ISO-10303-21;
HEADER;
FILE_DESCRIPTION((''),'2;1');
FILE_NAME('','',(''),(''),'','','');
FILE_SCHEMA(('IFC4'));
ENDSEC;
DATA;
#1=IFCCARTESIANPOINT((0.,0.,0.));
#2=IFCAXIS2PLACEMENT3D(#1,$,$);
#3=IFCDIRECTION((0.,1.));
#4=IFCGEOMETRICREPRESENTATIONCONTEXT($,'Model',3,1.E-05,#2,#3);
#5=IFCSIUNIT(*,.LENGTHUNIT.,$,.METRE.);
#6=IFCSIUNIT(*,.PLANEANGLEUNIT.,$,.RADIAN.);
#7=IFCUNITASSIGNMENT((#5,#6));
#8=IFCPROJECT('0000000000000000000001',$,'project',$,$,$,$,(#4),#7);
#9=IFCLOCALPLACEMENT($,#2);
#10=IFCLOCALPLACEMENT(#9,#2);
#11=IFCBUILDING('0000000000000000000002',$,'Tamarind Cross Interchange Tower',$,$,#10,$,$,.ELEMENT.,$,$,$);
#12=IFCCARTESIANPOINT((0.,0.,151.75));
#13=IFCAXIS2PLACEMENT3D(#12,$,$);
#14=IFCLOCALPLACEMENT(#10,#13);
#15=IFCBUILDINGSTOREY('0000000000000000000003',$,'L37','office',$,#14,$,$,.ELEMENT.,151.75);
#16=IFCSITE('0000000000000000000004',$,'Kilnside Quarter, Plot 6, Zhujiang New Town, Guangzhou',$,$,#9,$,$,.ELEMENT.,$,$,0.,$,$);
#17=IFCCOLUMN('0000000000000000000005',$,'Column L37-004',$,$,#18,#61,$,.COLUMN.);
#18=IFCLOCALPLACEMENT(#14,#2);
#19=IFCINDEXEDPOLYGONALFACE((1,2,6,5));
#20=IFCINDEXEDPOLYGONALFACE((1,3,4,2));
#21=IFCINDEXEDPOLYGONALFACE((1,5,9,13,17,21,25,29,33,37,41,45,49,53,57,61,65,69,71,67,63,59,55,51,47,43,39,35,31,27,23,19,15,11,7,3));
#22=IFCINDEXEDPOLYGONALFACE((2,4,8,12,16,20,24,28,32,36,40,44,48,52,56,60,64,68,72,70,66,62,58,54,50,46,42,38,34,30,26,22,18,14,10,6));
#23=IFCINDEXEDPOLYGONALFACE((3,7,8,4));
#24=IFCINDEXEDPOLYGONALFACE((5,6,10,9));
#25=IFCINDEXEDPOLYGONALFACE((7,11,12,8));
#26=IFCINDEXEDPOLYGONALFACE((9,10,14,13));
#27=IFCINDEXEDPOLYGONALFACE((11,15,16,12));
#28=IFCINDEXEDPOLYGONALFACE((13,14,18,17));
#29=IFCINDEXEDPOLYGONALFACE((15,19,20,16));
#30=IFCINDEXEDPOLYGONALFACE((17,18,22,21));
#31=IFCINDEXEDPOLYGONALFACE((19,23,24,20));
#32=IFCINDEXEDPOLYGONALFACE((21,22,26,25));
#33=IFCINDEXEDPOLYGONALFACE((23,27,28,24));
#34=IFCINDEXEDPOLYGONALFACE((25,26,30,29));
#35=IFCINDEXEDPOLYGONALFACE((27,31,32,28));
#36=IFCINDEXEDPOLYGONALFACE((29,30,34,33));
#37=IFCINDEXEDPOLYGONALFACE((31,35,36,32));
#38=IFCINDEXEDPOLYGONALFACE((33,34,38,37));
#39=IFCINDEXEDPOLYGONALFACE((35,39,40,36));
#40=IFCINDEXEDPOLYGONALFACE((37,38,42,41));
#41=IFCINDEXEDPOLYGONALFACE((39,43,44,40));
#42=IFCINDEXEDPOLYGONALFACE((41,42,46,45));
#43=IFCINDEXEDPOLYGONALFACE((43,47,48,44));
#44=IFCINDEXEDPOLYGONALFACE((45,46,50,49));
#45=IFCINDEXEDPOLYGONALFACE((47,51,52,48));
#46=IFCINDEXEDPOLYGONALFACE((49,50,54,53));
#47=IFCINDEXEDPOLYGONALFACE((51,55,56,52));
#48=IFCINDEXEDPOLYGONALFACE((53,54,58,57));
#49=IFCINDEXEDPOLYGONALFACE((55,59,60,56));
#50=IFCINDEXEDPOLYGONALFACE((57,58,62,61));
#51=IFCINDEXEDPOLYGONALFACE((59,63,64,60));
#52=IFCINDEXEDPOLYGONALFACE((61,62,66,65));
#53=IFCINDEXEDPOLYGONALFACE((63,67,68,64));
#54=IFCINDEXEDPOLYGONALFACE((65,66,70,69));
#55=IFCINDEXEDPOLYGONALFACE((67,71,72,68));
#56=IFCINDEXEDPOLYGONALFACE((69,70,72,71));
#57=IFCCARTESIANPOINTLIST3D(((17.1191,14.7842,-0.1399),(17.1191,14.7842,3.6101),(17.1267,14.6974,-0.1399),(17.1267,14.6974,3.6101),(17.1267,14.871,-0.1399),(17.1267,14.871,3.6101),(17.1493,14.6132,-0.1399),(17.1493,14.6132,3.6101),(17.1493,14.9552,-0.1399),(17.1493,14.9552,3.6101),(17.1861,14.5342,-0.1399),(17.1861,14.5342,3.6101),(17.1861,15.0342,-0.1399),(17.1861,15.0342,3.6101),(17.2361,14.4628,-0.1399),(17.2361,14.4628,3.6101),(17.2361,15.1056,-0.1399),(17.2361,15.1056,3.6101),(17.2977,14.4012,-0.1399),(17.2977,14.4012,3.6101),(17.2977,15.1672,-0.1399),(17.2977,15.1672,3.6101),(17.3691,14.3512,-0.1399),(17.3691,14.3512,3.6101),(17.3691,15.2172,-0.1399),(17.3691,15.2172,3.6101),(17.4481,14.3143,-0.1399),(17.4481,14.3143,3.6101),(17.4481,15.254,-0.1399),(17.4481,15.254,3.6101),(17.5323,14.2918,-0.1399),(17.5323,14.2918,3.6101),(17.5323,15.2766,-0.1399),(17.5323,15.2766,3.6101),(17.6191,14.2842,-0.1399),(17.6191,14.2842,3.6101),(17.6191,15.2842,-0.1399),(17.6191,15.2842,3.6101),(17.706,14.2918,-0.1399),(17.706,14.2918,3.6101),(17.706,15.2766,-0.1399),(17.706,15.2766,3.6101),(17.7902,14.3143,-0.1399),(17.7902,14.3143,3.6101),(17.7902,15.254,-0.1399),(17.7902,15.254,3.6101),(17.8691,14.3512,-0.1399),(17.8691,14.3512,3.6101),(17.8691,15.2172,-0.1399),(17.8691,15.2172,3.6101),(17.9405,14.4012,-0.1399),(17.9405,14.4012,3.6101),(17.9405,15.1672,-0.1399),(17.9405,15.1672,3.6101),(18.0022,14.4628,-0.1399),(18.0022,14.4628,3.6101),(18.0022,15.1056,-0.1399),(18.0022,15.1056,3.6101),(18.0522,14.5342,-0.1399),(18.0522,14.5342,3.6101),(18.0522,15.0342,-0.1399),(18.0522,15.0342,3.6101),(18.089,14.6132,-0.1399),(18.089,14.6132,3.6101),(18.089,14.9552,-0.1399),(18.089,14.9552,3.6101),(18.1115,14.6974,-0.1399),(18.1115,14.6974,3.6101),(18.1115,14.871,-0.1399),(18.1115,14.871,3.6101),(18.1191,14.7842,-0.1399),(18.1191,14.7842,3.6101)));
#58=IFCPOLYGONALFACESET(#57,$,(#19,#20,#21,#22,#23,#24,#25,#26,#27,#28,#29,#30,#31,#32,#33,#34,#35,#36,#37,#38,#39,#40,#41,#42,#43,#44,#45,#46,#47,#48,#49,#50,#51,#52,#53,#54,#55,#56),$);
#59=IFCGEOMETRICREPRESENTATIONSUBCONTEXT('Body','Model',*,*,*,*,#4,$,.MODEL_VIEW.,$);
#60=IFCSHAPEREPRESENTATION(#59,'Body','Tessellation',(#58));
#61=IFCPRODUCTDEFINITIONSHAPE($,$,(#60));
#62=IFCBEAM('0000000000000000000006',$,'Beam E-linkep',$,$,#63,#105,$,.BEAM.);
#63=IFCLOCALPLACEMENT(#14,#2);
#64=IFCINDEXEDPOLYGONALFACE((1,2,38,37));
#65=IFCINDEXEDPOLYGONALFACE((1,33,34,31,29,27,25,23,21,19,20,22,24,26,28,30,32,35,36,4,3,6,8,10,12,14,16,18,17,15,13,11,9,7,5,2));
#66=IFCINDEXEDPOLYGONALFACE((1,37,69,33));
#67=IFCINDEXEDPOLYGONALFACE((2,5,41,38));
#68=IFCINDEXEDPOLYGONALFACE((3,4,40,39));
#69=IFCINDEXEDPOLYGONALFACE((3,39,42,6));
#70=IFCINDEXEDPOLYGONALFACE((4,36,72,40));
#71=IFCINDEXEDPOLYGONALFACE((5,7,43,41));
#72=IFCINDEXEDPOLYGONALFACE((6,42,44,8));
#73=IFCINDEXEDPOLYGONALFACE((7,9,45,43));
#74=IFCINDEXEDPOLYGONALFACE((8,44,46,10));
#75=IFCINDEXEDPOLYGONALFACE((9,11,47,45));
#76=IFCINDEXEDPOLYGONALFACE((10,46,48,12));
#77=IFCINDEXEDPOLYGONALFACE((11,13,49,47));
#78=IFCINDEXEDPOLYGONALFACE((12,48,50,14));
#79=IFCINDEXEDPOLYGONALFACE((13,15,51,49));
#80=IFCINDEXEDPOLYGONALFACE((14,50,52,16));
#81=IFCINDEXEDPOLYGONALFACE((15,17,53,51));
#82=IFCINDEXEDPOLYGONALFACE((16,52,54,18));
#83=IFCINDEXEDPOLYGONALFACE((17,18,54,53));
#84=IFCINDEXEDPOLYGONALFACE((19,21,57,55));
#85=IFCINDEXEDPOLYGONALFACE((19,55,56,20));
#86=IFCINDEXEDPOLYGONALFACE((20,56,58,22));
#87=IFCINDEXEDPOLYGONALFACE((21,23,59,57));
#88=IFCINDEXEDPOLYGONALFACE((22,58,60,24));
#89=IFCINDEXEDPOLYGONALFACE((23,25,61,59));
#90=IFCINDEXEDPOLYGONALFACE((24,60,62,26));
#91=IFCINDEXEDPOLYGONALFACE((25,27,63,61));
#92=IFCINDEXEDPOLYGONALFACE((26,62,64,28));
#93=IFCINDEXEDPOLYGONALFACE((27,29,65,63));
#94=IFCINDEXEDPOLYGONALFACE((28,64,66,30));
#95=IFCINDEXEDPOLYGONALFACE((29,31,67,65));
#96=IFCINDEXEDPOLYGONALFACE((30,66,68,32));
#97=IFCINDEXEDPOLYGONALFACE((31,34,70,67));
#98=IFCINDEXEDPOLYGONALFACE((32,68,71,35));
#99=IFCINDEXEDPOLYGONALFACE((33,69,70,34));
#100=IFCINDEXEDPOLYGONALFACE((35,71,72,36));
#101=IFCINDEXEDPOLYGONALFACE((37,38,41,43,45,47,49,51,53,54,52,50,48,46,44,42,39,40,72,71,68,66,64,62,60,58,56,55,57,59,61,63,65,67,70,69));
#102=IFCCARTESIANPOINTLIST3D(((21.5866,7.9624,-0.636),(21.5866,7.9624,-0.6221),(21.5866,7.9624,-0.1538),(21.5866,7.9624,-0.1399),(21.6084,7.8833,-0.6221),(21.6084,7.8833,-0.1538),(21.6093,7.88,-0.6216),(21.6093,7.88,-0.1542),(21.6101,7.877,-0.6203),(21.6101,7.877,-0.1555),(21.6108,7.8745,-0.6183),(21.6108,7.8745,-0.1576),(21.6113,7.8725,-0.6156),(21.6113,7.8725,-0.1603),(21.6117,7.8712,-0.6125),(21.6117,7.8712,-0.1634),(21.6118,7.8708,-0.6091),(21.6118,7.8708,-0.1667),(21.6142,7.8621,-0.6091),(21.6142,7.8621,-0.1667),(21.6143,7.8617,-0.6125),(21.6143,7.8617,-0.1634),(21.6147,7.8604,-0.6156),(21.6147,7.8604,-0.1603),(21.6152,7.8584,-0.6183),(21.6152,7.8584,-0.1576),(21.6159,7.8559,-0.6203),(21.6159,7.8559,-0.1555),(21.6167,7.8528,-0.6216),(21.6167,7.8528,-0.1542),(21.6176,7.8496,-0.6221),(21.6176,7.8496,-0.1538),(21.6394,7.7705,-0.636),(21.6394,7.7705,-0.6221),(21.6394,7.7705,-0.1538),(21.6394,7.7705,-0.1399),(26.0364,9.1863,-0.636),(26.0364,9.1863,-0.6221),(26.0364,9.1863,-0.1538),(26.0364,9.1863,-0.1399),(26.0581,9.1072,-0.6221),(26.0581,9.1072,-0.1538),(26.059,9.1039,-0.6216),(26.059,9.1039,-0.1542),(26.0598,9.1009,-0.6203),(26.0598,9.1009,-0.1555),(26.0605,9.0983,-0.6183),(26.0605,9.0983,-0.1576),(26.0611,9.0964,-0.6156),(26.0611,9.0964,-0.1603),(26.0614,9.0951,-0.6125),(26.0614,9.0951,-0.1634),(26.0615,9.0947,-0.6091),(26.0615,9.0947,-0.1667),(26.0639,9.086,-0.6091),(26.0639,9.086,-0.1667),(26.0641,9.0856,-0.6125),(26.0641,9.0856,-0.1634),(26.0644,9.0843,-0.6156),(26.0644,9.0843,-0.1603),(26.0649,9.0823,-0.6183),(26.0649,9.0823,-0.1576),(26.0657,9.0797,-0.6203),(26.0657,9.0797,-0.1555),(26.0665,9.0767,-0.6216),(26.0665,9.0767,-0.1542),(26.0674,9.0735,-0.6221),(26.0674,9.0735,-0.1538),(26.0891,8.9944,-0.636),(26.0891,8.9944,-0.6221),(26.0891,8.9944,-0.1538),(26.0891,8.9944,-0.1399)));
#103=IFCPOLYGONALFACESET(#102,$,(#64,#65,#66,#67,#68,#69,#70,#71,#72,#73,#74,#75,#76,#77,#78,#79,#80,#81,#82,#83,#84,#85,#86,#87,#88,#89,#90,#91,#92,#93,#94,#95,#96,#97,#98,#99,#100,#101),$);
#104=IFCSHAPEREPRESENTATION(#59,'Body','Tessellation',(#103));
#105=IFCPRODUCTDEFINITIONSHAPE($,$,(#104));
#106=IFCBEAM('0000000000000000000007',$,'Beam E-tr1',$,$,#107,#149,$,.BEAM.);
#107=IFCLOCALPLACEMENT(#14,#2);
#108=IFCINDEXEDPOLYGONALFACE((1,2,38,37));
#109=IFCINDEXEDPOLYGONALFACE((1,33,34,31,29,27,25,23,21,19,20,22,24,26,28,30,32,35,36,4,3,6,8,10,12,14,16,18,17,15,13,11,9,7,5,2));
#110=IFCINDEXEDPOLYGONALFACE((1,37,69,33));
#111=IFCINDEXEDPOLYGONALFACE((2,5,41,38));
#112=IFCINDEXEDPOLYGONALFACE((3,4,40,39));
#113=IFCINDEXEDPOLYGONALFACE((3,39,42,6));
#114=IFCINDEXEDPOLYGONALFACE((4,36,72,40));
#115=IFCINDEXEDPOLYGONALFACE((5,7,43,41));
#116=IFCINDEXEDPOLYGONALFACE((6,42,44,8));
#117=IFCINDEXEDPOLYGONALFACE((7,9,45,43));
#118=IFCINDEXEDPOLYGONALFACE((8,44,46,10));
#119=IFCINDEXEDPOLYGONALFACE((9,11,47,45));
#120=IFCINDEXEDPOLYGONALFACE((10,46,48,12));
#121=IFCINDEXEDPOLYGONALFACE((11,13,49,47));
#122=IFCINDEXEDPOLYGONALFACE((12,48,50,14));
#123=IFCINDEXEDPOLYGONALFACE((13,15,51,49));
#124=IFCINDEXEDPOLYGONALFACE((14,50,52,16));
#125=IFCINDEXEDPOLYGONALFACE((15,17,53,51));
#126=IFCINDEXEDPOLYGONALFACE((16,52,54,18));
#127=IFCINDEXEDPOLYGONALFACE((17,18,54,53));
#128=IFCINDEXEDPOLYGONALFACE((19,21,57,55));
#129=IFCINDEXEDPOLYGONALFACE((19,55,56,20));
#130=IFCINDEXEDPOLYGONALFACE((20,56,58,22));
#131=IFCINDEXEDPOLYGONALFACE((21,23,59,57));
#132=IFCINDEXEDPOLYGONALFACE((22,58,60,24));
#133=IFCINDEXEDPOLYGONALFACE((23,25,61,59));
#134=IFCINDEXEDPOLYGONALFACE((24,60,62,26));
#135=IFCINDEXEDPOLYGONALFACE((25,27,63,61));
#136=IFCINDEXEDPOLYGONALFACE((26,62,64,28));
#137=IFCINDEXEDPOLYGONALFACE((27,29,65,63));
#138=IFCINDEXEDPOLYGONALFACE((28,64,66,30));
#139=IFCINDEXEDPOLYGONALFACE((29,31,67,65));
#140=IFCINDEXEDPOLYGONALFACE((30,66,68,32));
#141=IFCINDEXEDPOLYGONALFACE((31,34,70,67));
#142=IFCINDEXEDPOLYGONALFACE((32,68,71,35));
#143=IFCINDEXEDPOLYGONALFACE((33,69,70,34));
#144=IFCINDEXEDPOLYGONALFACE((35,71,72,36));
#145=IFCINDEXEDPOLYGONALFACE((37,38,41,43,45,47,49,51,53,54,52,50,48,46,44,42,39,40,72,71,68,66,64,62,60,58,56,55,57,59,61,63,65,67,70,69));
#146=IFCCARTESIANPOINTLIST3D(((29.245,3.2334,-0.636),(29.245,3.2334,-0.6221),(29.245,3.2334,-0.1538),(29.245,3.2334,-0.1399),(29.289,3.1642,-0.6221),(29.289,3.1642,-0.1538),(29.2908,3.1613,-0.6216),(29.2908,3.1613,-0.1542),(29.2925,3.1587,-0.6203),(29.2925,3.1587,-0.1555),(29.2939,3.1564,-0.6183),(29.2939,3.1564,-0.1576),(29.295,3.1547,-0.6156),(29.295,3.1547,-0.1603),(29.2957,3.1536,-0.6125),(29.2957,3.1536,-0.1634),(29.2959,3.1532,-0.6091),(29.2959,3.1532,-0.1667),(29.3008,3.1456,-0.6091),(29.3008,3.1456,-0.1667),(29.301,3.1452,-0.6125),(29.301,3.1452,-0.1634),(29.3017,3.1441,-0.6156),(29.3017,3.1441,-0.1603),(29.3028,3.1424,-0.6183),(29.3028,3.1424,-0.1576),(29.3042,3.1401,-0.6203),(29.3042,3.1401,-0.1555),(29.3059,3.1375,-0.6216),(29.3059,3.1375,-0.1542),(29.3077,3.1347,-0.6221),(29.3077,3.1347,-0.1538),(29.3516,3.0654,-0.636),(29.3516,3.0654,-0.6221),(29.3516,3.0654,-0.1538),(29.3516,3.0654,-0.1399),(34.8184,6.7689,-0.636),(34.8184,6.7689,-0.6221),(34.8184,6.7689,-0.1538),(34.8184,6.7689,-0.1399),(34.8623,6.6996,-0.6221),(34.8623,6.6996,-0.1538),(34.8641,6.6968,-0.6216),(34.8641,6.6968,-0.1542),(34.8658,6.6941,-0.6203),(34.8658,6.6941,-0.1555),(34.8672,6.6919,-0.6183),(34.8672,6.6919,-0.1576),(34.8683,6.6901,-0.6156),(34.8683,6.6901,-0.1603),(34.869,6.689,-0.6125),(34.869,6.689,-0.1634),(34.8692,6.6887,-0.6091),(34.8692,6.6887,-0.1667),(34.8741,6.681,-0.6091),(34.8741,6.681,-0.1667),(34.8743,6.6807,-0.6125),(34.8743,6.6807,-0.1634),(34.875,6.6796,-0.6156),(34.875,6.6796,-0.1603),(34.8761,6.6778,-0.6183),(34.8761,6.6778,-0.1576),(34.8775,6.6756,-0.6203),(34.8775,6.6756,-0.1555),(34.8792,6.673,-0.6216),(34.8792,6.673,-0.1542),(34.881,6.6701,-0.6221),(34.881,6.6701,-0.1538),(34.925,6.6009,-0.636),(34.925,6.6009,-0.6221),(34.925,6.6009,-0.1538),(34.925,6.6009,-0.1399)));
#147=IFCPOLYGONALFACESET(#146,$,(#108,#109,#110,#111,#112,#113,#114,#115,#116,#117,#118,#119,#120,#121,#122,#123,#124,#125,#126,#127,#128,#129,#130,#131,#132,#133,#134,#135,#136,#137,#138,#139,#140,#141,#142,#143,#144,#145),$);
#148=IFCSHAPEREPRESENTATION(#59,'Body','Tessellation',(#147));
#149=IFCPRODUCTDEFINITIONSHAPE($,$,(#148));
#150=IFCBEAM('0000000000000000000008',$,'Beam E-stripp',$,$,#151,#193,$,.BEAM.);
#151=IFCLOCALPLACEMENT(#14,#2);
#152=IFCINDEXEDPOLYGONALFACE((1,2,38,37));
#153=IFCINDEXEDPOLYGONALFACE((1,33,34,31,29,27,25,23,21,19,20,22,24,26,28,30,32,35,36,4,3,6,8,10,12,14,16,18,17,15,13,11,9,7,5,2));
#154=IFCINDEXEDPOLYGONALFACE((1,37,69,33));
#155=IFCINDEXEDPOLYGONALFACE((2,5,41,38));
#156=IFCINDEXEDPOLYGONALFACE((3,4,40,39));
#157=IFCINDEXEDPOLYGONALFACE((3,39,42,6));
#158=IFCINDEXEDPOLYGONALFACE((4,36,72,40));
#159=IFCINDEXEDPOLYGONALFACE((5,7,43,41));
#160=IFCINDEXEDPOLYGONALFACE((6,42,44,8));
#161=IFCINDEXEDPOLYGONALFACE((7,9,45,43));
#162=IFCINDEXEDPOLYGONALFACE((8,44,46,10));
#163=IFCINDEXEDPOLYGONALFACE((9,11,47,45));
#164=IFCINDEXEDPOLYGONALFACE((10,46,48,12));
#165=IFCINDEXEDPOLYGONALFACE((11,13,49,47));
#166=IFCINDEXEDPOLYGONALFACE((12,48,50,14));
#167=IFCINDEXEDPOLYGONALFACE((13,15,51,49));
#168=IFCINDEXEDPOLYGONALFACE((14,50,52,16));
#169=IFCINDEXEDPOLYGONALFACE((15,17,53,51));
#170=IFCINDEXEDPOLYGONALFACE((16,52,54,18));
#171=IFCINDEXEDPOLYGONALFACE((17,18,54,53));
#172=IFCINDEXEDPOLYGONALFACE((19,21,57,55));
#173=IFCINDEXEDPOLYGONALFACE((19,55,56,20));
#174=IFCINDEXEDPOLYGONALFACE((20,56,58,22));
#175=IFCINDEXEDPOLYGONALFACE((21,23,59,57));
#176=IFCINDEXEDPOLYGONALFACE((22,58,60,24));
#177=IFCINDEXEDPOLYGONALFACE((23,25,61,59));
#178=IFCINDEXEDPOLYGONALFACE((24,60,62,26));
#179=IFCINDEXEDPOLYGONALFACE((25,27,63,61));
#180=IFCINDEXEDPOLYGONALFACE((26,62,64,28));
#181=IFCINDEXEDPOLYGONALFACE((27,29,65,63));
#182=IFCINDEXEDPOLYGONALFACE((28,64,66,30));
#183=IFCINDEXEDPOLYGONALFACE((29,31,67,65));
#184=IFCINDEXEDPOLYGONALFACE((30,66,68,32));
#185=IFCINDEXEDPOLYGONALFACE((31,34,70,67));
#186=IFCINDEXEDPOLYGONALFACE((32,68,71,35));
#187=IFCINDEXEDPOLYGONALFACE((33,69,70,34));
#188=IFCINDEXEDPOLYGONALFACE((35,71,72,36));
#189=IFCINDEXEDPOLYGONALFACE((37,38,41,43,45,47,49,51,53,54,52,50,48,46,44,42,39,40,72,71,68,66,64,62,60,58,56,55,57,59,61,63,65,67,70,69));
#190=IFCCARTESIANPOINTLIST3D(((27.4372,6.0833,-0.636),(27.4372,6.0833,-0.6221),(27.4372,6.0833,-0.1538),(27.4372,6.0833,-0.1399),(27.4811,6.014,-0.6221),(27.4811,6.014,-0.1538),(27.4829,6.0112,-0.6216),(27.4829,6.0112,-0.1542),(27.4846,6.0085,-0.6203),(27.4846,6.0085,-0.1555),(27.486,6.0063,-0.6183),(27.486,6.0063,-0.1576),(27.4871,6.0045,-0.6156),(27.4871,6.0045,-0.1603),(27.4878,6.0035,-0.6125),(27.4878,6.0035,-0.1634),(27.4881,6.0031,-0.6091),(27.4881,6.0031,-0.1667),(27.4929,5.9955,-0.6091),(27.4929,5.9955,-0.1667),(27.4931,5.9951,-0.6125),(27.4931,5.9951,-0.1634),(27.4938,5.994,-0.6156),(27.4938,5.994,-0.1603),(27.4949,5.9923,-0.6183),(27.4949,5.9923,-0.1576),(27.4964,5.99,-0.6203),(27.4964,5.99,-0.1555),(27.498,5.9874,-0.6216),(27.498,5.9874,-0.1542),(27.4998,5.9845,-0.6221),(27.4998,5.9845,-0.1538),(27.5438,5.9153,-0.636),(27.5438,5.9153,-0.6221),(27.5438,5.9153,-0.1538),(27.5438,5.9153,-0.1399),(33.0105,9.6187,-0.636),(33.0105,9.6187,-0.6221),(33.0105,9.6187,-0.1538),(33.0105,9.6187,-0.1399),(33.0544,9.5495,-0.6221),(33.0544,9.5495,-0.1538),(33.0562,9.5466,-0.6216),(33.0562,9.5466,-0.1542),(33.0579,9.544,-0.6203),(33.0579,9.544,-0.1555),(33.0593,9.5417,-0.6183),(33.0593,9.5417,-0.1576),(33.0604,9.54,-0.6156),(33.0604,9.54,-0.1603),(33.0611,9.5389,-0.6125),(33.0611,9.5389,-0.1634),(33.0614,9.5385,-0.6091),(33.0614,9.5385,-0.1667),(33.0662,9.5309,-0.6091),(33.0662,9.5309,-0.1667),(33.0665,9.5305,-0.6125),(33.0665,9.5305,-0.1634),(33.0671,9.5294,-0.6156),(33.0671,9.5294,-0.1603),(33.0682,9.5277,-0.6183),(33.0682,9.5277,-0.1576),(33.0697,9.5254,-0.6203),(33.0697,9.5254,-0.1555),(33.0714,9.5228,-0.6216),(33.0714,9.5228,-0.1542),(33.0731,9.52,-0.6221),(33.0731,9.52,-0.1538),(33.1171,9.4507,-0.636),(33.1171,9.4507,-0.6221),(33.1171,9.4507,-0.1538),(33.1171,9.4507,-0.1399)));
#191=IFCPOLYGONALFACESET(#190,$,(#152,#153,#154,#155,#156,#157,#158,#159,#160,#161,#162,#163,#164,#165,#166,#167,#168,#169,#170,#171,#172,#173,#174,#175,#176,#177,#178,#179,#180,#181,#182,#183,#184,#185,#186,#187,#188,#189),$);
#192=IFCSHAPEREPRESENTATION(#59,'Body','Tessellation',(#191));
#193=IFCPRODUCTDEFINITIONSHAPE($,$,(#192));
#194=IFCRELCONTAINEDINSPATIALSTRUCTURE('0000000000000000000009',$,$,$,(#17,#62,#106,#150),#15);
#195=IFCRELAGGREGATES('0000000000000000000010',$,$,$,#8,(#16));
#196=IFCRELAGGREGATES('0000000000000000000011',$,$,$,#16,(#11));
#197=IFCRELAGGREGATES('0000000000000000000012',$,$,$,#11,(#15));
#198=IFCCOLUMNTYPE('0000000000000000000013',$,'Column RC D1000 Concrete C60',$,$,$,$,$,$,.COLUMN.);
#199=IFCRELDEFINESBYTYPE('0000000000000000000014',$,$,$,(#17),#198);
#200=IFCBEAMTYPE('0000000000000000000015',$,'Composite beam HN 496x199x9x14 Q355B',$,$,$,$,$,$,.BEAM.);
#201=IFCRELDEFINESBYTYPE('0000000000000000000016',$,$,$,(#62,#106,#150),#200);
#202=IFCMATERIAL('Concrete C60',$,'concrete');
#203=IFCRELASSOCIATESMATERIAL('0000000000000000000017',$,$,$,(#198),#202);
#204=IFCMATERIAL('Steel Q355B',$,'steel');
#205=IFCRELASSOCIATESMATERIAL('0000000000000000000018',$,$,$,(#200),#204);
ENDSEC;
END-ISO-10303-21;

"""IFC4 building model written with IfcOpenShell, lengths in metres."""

from ifc_helpers import new_model, si_unit, direction, frame, origin, origin_2d, place, context, subcontext, project, spatial, circle, i_section, extrude, material, material_profile, profile_set, type_object, element, save


model = new_model("IFC4")

# Units and contexts
model_context = context("Model", 3, precision=1e-05, world=origin(), true_north=direction((0.0, 1.0)))
body_context = subcontext(model_context, "Body", "Model", "MODEL_VIEW")
ifc_project = project(units=[si_unit("LENGTHUNIT", "METRE"), si_unit("PLANEANGLEUNIT", "RADIAN")], contexts=[model_context])

# Site, building, storey
site_placement = place(None, origin())
site = spatial("IfcSite", under=ifc_project, at=site_placement, Name="Kilnside Quarter, Plot 6, Zhujiang New Town, Guangzhou", CompositionType="ELEMENT", RefElevation=0.0)
building_placement = place(site_placement, origin())
building = spatial("IfcBuilding", under=site, at=building_placement, Name="Tamarind Cross Interchange Tower", CompositionType="ELEMENT")
storey_placement = place(building_placement, frame((0.0, 0.0, 151.75)))
storey = spatial("IfcBuildingStorey", under=building, at=storey_placement, Name="L37", Description="office", CompositionType="ELEMENT", Elevation=151.75)

# Column
ifc_material_1 = material(Name="Concrete C60", Category="concrete")
ifc_material_profile_1 = material_profile(ifc_material_1, circle(Radius=0.5, at=origin_2d()), Name="RC D1000")
ifc_profile_set_1 = profile_set([ifc_material_profile_1], Name="Concrete C60")
column_type_1 = type_object("IfcColumnType", Name="Column RC D1000 Concrete C60", PredefinedType="COLUMN", material=ifc_profile_set_1)
for number, where, z_axis, x_axis, name in (
    (1, (17.6191, 14.7842, -0.1399), (0.0, 0.0, 1.0), (1.0, 0.0, 0.0), "Column L37-004"),
):
    element("IfcColumn", number, at=place(storey_placement, frame(where, z_axis=z_axis, x_axis=x_axis)), inside=storey, type_object=column_type_1, Name=name, PredefinedType="COLUMN", context=body_context, shape_type="SweptSolid", body=[
        extrude(circle(Radius=0.5, at=origin_2d()), origin(), (0.0, 0.0, 1.0), 3.75),
    ])

# Beams
ifc_material_2 = material(Name="Steel Q355B", Category="steel")
ifc_material_profile_2 = material_profile(ifc_material_2, i_section(OverallWidth=0.199, OverallDepth=0.4961, WebThickness=0.009, FlangeThickness=0.0139, FilletRadius=0.0129, at=origin_2d()), Name="HN 496x199x9x14")
ifc_profile_set_2 = profile_set([ifc_material_profile_2], Name="Steel Q355B")
beam_type_1 = type_object("IfcBeamType", Name="Composite beam HN 496x199x9x14 Q355B", PredefinedType="BEAM", material=ifc_profile_set_2)
beam_1_placement = place(storey_placement, frame((26.0627, 9.0903, -0.3879), z_axis=(-0.964194, -0.265198, 0.0), x_axis=(0.265198, -0.964194, 0.0)))
element("IfcBeam", 2, at=beam_1_placement, inside=storey, type_object=beam_type_1, Name="Beam E-linkep", PredefinedType="BEAM", context=body_context, shape_type="SweptSolid", body=[
    extrude(i_section(OverallWidth=0.199, OverallDepth=0.4961, WebThickness=0.009, FlangeThickness=0.0139, FilletRadius=0.0129, at=origin_2d()), origin(), (0.0, 0.0, 1.0), 4.615),
])
for number, where, z_axis, x_axis, name in (
    (3, (29.2983, 3.1494, -0.3879), (0.84443, 0.535666, 0.0), (-0.535666, 0.84443, 0.0), "Beam E-tr1"),
    (4, (27.4905, 5.9993, -0.3879), (0.84443, 0.535666, 0.0), (-0.535666, 0.84443, 0.0), "Beam E-stripp"),
):
    element("IfcBeam", number, at=place(storey_placement, frame(where, z_axis=z_axis, x_axis=x_axis)), inside=storey, type_object=beam_type_1, Name=name, PredefinedType="BEAM", context=body_context, shape_type="SweptSolid", body=[
        extrude(i_section(OverallWidth=0.199, OverallDepth=0.4961, WebThickness=0.009, FlangeThickness=0.0139, FilletRadius=0.0129, at=origin_2d()), origin(), (0.0, 0.0, 1.0), 6.6001),
    ])

save(model, "model.ifc")
